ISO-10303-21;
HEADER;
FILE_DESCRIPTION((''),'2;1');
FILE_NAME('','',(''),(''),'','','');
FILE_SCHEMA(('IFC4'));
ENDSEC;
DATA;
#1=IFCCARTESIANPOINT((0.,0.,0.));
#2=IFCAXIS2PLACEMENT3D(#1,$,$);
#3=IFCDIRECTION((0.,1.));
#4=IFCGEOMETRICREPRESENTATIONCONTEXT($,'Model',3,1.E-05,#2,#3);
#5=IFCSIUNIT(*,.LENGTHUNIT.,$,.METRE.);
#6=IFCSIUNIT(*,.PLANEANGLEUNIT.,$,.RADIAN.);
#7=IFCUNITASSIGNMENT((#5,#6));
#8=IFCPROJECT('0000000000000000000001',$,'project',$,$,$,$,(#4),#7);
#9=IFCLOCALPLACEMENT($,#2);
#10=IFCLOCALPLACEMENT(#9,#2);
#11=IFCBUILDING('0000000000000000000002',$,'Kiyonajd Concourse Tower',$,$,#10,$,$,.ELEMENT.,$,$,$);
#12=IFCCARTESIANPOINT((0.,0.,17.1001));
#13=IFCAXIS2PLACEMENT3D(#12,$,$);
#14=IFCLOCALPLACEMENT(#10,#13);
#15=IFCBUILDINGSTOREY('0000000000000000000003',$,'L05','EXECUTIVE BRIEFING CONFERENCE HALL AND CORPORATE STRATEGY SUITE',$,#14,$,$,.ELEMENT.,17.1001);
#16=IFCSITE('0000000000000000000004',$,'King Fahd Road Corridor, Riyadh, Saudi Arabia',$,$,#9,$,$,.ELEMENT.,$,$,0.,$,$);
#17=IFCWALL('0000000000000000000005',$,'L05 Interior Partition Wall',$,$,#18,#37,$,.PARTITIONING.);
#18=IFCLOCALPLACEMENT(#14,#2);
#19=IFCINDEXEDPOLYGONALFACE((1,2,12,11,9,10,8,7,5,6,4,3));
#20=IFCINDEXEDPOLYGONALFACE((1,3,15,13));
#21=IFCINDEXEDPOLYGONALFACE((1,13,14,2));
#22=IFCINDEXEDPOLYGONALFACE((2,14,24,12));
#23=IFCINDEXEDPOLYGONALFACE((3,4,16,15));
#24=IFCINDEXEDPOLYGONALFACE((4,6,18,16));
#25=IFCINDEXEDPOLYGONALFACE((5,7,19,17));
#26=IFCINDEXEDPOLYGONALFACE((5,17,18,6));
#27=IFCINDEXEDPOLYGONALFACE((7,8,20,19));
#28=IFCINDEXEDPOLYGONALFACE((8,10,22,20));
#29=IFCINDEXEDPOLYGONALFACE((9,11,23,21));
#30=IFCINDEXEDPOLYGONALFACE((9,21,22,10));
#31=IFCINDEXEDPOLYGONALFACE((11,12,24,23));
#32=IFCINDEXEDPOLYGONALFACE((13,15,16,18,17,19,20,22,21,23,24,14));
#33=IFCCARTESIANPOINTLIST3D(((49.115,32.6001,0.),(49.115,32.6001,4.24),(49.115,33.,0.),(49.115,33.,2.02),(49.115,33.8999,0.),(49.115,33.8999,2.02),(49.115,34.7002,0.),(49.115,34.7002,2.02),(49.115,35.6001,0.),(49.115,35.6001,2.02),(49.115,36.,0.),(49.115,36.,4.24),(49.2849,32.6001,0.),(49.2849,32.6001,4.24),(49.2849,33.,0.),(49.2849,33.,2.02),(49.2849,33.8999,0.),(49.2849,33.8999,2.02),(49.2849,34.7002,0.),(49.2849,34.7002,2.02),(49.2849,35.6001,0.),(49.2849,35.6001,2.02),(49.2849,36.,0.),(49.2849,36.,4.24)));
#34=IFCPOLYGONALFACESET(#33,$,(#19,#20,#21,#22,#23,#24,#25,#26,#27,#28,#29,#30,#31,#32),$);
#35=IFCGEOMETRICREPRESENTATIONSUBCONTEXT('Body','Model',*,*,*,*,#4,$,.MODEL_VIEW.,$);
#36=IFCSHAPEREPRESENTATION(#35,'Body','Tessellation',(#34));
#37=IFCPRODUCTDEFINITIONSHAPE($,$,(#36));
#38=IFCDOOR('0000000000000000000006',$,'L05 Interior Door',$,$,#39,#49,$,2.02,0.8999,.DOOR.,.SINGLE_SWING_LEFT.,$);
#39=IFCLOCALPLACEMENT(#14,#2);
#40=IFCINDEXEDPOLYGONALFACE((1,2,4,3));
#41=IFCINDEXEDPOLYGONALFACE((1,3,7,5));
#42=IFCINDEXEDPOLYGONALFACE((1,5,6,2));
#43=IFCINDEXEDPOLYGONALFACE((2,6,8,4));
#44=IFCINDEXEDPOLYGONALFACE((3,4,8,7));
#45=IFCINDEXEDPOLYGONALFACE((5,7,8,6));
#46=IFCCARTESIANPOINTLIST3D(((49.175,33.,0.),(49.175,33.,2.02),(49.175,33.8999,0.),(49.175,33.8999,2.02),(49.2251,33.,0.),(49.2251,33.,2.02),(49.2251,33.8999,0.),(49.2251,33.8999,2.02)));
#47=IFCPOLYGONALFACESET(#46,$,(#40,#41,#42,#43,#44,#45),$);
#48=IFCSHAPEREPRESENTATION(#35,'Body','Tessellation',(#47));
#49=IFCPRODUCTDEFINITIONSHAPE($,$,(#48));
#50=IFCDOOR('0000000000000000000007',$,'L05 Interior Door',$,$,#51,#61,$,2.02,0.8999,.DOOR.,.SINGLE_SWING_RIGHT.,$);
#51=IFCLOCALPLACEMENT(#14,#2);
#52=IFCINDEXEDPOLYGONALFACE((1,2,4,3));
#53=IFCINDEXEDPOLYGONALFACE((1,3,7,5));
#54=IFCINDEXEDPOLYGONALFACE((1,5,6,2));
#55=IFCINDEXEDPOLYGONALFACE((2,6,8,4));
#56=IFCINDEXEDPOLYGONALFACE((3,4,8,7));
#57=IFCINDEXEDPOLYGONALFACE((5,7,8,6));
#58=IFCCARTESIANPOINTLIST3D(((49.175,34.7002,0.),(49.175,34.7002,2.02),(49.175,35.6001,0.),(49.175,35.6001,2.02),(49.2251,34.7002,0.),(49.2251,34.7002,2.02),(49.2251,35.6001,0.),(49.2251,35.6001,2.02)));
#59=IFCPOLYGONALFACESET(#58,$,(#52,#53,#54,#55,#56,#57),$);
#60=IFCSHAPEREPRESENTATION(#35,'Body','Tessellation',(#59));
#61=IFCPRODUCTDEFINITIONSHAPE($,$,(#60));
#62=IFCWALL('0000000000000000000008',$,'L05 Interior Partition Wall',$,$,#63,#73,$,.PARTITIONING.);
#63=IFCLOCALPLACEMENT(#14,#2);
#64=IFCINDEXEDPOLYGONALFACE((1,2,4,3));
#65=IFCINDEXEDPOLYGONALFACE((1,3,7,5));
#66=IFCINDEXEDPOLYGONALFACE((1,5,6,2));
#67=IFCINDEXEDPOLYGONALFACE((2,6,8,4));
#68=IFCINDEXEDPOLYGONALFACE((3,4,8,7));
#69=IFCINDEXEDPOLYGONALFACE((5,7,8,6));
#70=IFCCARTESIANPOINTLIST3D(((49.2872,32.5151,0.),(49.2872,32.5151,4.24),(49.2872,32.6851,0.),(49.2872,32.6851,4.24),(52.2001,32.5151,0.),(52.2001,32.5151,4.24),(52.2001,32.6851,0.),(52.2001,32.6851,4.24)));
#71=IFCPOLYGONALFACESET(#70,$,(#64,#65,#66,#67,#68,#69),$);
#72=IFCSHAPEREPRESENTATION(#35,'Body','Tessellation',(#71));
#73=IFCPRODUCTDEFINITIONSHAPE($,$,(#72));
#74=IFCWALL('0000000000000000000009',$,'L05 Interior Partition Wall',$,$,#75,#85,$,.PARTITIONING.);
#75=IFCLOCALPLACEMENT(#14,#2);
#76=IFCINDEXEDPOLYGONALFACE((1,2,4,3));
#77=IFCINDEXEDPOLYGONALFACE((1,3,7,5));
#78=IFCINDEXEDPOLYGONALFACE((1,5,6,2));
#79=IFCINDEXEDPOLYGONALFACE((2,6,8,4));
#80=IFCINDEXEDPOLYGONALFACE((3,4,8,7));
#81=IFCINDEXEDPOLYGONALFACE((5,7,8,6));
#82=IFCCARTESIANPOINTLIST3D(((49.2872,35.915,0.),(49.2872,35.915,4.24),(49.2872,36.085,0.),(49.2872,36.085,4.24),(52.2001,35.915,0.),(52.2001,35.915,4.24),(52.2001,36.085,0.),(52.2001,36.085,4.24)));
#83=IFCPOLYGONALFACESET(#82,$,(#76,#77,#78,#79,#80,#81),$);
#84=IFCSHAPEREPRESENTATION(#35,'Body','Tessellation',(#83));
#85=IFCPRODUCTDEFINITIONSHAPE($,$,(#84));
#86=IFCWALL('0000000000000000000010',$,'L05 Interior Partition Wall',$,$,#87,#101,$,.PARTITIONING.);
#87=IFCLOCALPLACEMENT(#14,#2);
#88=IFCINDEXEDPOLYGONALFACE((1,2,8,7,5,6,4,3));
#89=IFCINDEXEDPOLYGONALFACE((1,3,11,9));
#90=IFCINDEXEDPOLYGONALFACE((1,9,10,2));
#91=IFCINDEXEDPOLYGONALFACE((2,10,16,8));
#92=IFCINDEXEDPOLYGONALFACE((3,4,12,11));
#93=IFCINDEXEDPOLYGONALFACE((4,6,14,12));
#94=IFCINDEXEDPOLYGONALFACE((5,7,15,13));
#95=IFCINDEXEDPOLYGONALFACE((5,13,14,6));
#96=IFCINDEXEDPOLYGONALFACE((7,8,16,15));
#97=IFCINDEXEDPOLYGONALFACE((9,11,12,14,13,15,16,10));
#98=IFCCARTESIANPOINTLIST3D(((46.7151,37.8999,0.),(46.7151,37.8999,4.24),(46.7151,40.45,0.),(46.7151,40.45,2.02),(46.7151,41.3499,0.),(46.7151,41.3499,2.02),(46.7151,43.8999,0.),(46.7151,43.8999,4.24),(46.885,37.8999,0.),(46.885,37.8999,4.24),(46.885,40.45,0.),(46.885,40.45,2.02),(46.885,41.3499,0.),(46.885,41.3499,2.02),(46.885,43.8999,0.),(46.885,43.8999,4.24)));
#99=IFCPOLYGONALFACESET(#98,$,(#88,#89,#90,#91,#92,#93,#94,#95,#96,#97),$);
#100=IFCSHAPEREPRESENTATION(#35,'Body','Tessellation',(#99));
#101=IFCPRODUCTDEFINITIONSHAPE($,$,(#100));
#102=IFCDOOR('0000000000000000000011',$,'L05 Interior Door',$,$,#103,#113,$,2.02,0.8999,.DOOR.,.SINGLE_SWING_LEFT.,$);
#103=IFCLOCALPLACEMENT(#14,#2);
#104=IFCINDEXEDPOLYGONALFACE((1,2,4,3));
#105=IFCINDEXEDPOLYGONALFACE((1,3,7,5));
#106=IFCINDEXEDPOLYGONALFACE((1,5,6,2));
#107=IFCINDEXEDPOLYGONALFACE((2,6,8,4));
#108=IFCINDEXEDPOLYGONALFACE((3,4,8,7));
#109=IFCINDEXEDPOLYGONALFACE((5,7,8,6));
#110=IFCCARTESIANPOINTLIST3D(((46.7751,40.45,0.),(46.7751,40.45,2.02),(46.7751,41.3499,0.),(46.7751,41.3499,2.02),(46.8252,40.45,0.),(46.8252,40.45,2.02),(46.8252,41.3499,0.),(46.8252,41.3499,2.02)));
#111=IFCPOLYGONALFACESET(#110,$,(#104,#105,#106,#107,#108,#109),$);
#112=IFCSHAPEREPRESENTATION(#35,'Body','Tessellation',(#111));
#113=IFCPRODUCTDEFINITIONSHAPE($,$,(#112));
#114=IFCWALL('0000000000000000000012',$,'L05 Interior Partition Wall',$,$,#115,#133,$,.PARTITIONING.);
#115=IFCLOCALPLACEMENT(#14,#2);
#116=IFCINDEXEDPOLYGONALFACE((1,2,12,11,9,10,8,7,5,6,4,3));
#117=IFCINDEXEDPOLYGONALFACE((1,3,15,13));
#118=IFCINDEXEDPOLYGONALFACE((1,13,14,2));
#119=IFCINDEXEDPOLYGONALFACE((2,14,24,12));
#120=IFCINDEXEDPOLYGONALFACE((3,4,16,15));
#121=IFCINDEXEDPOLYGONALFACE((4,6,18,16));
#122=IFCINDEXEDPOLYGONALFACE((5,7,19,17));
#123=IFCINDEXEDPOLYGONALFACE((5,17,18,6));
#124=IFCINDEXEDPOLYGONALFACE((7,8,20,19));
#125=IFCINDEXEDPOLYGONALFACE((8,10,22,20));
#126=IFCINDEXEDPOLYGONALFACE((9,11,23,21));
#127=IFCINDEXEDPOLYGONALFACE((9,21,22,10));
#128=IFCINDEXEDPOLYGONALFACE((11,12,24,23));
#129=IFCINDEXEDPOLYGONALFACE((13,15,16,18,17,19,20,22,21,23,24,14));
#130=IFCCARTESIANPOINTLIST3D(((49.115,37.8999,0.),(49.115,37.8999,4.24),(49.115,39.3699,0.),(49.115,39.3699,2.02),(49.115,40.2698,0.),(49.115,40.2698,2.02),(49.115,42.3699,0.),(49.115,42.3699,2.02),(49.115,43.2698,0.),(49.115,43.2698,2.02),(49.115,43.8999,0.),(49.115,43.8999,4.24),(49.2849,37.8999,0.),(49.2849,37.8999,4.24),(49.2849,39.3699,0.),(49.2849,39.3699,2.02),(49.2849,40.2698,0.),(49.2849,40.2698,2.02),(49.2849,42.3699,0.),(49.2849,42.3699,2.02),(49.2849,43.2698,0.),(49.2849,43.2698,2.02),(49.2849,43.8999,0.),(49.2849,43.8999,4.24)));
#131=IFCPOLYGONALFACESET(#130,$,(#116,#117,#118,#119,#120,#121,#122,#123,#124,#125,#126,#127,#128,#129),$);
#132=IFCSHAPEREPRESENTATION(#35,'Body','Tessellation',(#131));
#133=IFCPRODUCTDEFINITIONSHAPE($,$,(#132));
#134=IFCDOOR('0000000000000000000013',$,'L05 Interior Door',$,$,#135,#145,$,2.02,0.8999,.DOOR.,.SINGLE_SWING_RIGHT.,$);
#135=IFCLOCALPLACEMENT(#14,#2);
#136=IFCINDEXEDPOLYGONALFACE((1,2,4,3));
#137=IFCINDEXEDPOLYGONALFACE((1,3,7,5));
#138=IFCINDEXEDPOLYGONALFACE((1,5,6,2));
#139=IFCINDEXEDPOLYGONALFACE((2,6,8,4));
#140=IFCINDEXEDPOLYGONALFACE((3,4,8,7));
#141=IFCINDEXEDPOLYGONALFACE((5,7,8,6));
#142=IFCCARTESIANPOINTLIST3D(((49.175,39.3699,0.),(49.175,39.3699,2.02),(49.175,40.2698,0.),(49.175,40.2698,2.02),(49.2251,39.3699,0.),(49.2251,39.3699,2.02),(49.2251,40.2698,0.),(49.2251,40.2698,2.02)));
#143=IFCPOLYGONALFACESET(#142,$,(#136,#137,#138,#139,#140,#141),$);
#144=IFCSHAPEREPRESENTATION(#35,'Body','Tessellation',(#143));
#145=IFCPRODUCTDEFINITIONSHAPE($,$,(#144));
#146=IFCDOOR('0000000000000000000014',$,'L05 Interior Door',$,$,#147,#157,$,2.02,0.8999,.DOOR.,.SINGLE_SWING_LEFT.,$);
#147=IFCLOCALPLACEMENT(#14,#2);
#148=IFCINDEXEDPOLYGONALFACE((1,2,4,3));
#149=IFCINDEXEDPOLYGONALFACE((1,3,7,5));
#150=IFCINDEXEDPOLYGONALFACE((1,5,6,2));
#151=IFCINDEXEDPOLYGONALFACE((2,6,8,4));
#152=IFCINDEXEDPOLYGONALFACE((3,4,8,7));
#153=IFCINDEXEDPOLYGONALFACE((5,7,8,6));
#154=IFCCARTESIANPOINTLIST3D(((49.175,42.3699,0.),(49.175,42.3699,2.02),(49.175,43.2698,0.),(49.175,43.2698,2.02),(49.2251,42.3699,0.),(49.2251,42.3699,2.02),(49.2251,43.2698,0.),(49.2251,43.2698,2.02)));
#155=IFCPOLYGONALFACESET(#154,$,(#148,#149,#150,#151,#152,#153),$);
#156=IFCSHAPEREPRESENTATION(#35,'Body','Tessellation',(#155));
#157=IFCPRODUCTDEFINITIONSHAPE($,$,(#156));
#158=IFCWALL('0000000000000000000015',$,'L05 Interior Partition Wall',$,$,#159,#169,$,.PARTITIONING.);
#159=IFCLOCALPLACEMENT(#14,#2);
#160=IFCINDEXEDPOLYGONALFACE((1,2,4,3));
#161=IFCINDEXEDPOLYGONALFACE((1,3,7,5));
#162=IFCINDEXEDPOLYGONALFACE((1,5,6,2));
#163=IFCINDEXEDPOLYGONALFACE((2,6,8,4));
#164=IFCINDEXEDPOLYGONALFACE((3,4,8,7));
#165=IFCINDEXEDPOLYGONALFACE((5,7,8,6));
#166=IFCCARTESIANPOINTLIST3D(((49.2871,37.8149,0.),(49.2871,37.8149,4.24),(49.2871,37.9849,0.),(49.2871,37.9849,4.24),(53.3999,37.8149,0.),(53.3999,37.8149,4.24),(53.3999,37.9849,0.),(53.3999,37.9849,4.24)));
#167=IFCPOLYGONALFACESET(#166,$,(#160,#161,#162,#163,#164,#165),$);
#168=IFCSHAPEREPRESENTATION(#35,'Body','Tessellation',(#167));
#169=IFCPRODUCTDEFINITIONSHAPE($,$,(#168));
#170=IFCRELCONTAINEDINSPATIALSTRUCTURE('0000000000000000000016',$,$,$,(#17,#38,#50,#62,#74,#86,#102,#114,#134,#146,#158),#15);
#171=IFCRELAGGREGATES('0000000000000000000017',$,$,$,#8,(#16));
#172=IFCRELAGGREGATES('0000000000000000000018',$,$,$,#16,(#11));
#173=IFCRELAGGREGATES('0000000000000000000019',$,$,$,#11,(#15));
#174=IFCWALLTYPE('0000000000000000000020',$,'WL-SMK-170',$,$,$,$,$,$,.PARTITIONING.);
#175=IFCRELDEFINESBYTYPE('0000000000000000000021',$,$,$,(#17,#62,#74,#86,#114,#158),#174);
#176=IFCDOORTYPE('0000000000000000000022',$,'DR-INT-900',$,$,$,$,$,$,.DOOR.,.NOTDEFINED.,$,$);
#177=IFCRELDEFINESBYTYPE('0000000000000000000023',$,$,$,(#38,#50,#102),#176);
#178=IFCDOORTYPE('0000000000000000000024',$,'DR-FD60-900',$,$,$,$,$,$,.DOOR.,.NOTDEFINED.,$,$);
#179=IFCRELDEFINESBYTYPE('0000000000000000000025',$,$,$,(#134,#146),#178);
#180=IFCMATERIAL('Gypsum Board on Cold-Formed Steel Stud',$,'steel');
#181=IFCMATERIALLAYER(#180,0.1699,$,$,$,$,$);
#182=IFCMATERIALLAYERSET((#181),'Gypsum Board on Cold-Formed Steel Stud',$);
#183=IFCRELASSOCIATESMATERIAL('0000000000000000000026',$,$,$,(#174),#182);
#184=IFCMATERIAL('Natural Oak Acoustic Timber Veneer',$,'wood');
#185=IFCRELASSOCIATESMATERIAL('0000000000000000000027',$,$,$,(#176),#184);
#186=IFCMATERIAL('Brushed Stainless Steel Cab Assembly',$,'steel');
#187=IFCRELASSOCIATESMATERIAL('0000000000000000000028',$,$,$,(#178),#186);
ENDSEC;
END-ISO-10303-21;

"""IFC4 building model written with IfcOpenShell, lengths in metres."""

from ifc_helpers import new_model, si_unit, direction, frame, frame_2d, origin, place, context, subcontext, project, spatial, rectangle, extrude, material, layer, layer_set, type_object, element, fill, save


model = new_model("IFC4")

# Units and contexts
model_context = context("Model", 3, precision=1e-05, world=origin(), true_north=direction((0.0, 1.0)))
body_context = subcontext(model_context, "Body", "Model", "MODEL_VIEW")
ifc_project = project(units=[si_unit("LENGTHUNIT", "METRE"), si_unit("PLANEANGLEUNIT", "RADIAN")], contexts=[model_context])

# Site, building, storey
site_placement = place(None, origin())
site = spatial("IfcSite", under=ifc_project, at=site_placement, Name="King Fahd Road Corridor, Riyadh, Saudi Arabia", CompositionType="ELEMENT", RefElevation=0.0)
building_placement = place(site_placement, origin())
building = spatial("IfcBuilding", under=site, at=building_placement, Name="Kiyonajd Concourse Tower", CompositionType="ELEMENT")
storey_placement = place(building_placement, frame((0.0, 0.0, 17.1001)))
storey = spatial("IfcBuildingStorey", under=building, at=storey_placement, Name="L05", Description="EXECUTIVE BRIEFING CONFERENCE HALL AND CORPORATE STRATEGY SUITE", CompositionType="ELEMENT", Elevation=17.1001)

# Shared definitions
ifc_material_1 = material(Name="Gypsum Board on Cold-Formed Steel Stud", Category="steel")

# Wall, openings, doors
ifc_layer_1 = layer(ifc_material_1, 0.1699)
ifc_layer_set_1 = layer_set([ifc_layer_1], Name="Gypsum Board on Cold-Formed Steel Stud")
wall_type_1 = type_object("IfcWallType", Name="WL-SMK-170", PredefinedType="PARTITIONING", material=ifc_layer_set_1)
wall_1_placement = place(storey_placement, frame((49.2, 32.6001, 0.0), z_axis=(0.0, 0.0, 1.0), x_axis=(0.0, 1.0, 0.0)))
wall_1 = element("IfcWall", 1, at=wall_1_placement, inside=storey, type_object=wall_type_1, Name="L05 Interior Partition Wall", PredefinedType="PARTITIONING", context=body_context, shape_type="SweptSolid", body=[
    extrude(rectangle(XDim=3.3999, YDim=0.1699, at=frame_2d((1.7, 0.0))), origin(), (0.0, 0.0, 1.0), 4.24),
])
opening_1_placement = place(wall_1_placement, frame((0.3999, 0.0, 0.0)))
opening_1 = element("IfcOpeningElement", 2, at=opening_1_placement, cuts=wall_1, PredefinedType="OPENING", context=body_context, shape_type="SweptSolid", body=[
    extrude(rectangle(XDim=0.8999, YDim=2.02, at=frame_2d((0.45, 1.01))), frame((0.0, 0.095, 0.0), z_axis=(0.0, -1.0, 0.0), x_axis=(1.0, 0.0, 0.0)), (0.0, 0.0, 1.0), 0.1899),
])
opening_2_placement = place(wall_1_placement, frame((2.1001, 0.0, 0.0)))
opening_2 = element("IfcOpeningElement", 3, at=opening_2_placement, cuts=wall_1, PredefinedType="OPENING", context=body_context, shape_type="SweptSolid", body=[
    extrude(rectangle(XDim=0.8999, YDim=2.02, at=frame_2d((0.45, 1.01))), frame((0.0, 0.095, 0.0), z_axis=(0.0, -1.0, 0.0), x_axis=(1.0, 0.0, 0.0)), (0.0, 0.0, 1.0), 0.1899),
])
ifc_material_2 = material(Name="Natural Oak Acoustic Timber Veneer", Category="wood")
door_type_1 = type_object("IfcDoorType", Name="DR-INT-900", OperationType="NOTDEFINED", PredefinedType="DOOR", material=ifc_material_2)
door_1_placement = place(opening_1_placement, origin())
door_1 = element("IfcDoor", 4, at=door_1_placement, inside=storey, type_object=door_type_1, Name="L05 Interior Door", OperationType="SINGLE_SWING_LEFT", OverallHeight=2.02, OverallWidth=0.8999, PredefinedType="DOOR", context=body_context, shape_type="SweptSolid", body=[
    extrude(rectangle(XDim=0.8999, YDim=2.02, at=frame_2d((0.45, 1.01))), frame((0.0, 0.0249, 0.0), z_axis=(0.0, -1.0, 0.0), x_axis=(1.0, 0.0, 0.0)), (0.0, 0.0, 1.0), 0.05),
])
fill(opening_1, door_1)
door_2_placement = place(opening_2_placement, origin())
door_2 = element("IfcDoor", 5, at=door_2_placement, inside=storey, type_object=door_type_1, Name="L05 Interior Door", OperationType="SINGLE_SWING_RIGHT", OverallHeight=2.02, OverallWidth=0.8999, PredefinedType="DOOR", context=body_context, shape_type="SweptSolid", body=[
    extrude(rectangle(XDim=0.8999, YDim=2.02, at=frame_2d((0.45, 1.01))), frame((0.0, 0.0249, 0.0), z_axis=(0.0, -1.0, 0.0), x_axis=(1.0, 0.0, 0.0)), (0.0, 0.0, 1.0), 0.05),
])
fill(opening_2, door_2)

# Walls
for number, where, z_axis, x_axis, name in (
    (6, (49.2871, 32.6001, 0.0), (0.0, 0.0, 1.0), (1.0, 0.0, 0.0), "L05 Interior Partition Wall"),
    (7, (49.2871, 36.0, 0.0), (0.0, 0.0, 1.0), (1.0, 0.0, 0.0), "L05 Interior Partition Wall"),
):
    element("IfcWall", number, at=place(storey_placement, frame(where, z_axis=z_axis, x_axis=x_axis)), inside=storey, type_object=wall_type_1, Name=name, PredefinedType="PARTITIONING", context=body_context, shape_type="SweptSolid", body=[
        extrude(rectangle(XDim=2.9128, YDim=0.1699, at=frame_2d((1.4565, 0.0))), origin(), (0.0, 0.0, 1.0), 4.24),
    ])

# Wall, opening, door
wall_2_placement = place(storey_placement, frame((46.8, 37.8999, 0.0), z_axis=(0.0, 0.0, 1.0), x_axis=(0.0, 1.0, 0.0)))
wall_2 = element("IfcWall", 8, at=wall_2_placement, inside=storey, type_object=wall_type_1, Name="L05 Interior Partition Wall", PredefinedType="PARTITIONING", context=body_context, shape_type="SweptSolid", body=[
    extrude(rectangle(XDim=6.0, YDim=0.1699, at=frame_2d((3.0, 0.0))), origin(), (0.0, 0.0, 1.0), 4.24),
])
opening_3_placement = place(wall_2_placement, frame((2.55, 0.0, 0.0)))
opening_3 = element("IfcOpeningElement", 9, at=opening_3_placement, cuts=wall_2, PredefinedType="OPENING", context=body_context, shape_type="SweptSolid", body=[
    extrude(rectangle(XDim=0.8999, YDim=2.02, at=frame_2d((0.45, 1.01))), frame((0.0, 0.095, 0.0), z_axis=(0.0, -1.0, 0.0), x_axis=(1.0, 0.0, 0.0)), (0.0, 0.0, 1.0), 0.1899),
])
door_3_placement = place(opening_3_placement, origin())
door_3 = element("IfcDoor", 10, at=door_3_placement, inside=storey, type_object=door_type_1, Name="L05 Interior Door", OperationType="SINGLE_SWING_LEFT", OverallHeight=2.02, OverallWidth=0.8999, PredefinedType="DOOR", context=body_context, shape_type="SweptSolid", body=[
    extrude(rectangle(XDim=0.8999, YDim=2.02, at=frame_2d((0.45, 1.01))), frame((0.0, 0.0249, 0.0), z_axis=(0.0, -1.0, 0.0), x_axis=(1.0, 0.0, 0.0)), (0.0, 0.0, 1.0), 0.05),
])
fill(opening_3, door_3)

# Wall, openings, doors
wall_3_placement = place(storey_placement, frame((49.2, 37.8999, 0.0), z_axis=(0.0, 0.0, 1.0), x_axis=(0.0, 1.0, 0.0)))
wall_3 = element("IfcWall", 11, at=wall_3_placement, inside=storey, type_object=wall_type_1, Name="L05 Interior Partition Wall", PredefinedType="PARTITIONING", context=body_context, shape_type="SweptSolid", body=[
    extrude(rectangle(XDim=6.0, YDim=0.1699, at=frame_2d((3.0, 0.0))), origin(), (0.0, 0.0, 1.0), 4.24),
])
opening_4_placement = place(wall_3_placement, frame((1.47, 0.0, 0.0)))
opening_4 = element("IfcOpeningElement", 12, at=opening_4_placement, cuts=wall_3, PredefinedType="OPENING", context=body_context, shape_type="SweptSolid", body=[
    extrude(rectangle(XDim=0.8999, YDim=2.02, at=frame_2d((0.45, 1.01))), frame((0.0, 0.095, 0.0), z_axis=(0.0, -1.0, 0.0), x_axis=(1.0, 0.0, 0.0)), (0.0, 0.0, 1.0), 0.1899),
])
opening_5_placement = place(wall_3_placement, frame((4.47, 0.0, 0.0)))
opening_5 = element("IfcOpeningElement", 13, at=opening_5_placement, cuts=wall_3, PredefinedType="OPENING", context=body_context, shape_type="SweptSolid", body=[
    extrude(rectangle(XDim=0.8999, YDim=2.02, at=frame_2d((0.45, 1.01))), frame((0.0, 0.095, 0.0), z_axis=(0.0, -1.0, 0.0), x_axis=(1.0, 0.0, 0.0)), (0.0, 0.0, 1.0), 0.1899),
])
ifc_material_3 = material(Name="Brushed Stainless Steel Cab Assembly", Category="steel")
door_type_2 = type_object("IfcDoorType", Name="DR-FD60-900", OperationType="NOTDEFINED", PredefinedType="DOOR", material=ifc_material_3)
door_4_placement = place(opening_4_placement, origin())
door_4 = element("IfcDoor", 14, at=door_4_placement, inside=storey, type_object=door_type_2, Name="L05 Interior Door", OperationType="SINGLE_SWING_RIGHT", OverallHeight=2.02, OverallWidth=0.8999, PredefinedType="DOOR", context=body_context, shape_type="SweptSolid", body=[
    extrude(rectangle(XDim=0.8999, YDim=2.02, at=frame_2d((0.45, 1.01))), frame((0.0, 0.0249, 0.0), z_axis=(0.0, -1.0, 0.0), x_axis=(1.0, 0.0, 0.0)), (0.0, 0.0, 1.0), 0.05),
])
fill(opening_4, door_4)
door_5_placement = place(opening_5_placement, origin())
door_5 = element("IfcDoor", 15, at=door_5_placement, inside=storey, type_object=door_type_2, Name="L05 Interior Door", OperationType="SINGLE_SWING_LEFT", OverallHeight=2.02, OverallWidth=0.8999, PredefinedType="DOOR", context=body_context, shape_type="SweptSolid", body=[
    extrude(rectangle(XDim=0.8999, YDim=2.02, at=frame_2d((0.45, 1.01))), frame((0.0, 0.0249, 0.0), z_axis=(0.0, -1.0, 0.0), x_axis=(1.0, 0.0, 0.0)), (0.0, 0.0, 1.0), 0.05),
])
fill(opening_5, door_5)

# Wall
wall_4_placement = place(storey_placement, frame((49.2871, 37.8999, 0.0), z_axis=(0.0, 0.0, 1.0), x_axis=(1.0, 0.0, 0.0)))
element("IfcWall", 16, at=wall_4_placement, inside=storey, type_object=wall_type_1, Name="L05 Interior Partition Wall", PredefinedType="PARTITIONING", context=body_context, shape_type="SweptSolid", body=[
    extrude(rectangle(XDim=4.1128, YDim=0.1699, at=frame_2d((2.0564, 0.0))), origin(), (0.0, 0.0, 1.0), 4.24),
])

save(model, "model.ifc")
